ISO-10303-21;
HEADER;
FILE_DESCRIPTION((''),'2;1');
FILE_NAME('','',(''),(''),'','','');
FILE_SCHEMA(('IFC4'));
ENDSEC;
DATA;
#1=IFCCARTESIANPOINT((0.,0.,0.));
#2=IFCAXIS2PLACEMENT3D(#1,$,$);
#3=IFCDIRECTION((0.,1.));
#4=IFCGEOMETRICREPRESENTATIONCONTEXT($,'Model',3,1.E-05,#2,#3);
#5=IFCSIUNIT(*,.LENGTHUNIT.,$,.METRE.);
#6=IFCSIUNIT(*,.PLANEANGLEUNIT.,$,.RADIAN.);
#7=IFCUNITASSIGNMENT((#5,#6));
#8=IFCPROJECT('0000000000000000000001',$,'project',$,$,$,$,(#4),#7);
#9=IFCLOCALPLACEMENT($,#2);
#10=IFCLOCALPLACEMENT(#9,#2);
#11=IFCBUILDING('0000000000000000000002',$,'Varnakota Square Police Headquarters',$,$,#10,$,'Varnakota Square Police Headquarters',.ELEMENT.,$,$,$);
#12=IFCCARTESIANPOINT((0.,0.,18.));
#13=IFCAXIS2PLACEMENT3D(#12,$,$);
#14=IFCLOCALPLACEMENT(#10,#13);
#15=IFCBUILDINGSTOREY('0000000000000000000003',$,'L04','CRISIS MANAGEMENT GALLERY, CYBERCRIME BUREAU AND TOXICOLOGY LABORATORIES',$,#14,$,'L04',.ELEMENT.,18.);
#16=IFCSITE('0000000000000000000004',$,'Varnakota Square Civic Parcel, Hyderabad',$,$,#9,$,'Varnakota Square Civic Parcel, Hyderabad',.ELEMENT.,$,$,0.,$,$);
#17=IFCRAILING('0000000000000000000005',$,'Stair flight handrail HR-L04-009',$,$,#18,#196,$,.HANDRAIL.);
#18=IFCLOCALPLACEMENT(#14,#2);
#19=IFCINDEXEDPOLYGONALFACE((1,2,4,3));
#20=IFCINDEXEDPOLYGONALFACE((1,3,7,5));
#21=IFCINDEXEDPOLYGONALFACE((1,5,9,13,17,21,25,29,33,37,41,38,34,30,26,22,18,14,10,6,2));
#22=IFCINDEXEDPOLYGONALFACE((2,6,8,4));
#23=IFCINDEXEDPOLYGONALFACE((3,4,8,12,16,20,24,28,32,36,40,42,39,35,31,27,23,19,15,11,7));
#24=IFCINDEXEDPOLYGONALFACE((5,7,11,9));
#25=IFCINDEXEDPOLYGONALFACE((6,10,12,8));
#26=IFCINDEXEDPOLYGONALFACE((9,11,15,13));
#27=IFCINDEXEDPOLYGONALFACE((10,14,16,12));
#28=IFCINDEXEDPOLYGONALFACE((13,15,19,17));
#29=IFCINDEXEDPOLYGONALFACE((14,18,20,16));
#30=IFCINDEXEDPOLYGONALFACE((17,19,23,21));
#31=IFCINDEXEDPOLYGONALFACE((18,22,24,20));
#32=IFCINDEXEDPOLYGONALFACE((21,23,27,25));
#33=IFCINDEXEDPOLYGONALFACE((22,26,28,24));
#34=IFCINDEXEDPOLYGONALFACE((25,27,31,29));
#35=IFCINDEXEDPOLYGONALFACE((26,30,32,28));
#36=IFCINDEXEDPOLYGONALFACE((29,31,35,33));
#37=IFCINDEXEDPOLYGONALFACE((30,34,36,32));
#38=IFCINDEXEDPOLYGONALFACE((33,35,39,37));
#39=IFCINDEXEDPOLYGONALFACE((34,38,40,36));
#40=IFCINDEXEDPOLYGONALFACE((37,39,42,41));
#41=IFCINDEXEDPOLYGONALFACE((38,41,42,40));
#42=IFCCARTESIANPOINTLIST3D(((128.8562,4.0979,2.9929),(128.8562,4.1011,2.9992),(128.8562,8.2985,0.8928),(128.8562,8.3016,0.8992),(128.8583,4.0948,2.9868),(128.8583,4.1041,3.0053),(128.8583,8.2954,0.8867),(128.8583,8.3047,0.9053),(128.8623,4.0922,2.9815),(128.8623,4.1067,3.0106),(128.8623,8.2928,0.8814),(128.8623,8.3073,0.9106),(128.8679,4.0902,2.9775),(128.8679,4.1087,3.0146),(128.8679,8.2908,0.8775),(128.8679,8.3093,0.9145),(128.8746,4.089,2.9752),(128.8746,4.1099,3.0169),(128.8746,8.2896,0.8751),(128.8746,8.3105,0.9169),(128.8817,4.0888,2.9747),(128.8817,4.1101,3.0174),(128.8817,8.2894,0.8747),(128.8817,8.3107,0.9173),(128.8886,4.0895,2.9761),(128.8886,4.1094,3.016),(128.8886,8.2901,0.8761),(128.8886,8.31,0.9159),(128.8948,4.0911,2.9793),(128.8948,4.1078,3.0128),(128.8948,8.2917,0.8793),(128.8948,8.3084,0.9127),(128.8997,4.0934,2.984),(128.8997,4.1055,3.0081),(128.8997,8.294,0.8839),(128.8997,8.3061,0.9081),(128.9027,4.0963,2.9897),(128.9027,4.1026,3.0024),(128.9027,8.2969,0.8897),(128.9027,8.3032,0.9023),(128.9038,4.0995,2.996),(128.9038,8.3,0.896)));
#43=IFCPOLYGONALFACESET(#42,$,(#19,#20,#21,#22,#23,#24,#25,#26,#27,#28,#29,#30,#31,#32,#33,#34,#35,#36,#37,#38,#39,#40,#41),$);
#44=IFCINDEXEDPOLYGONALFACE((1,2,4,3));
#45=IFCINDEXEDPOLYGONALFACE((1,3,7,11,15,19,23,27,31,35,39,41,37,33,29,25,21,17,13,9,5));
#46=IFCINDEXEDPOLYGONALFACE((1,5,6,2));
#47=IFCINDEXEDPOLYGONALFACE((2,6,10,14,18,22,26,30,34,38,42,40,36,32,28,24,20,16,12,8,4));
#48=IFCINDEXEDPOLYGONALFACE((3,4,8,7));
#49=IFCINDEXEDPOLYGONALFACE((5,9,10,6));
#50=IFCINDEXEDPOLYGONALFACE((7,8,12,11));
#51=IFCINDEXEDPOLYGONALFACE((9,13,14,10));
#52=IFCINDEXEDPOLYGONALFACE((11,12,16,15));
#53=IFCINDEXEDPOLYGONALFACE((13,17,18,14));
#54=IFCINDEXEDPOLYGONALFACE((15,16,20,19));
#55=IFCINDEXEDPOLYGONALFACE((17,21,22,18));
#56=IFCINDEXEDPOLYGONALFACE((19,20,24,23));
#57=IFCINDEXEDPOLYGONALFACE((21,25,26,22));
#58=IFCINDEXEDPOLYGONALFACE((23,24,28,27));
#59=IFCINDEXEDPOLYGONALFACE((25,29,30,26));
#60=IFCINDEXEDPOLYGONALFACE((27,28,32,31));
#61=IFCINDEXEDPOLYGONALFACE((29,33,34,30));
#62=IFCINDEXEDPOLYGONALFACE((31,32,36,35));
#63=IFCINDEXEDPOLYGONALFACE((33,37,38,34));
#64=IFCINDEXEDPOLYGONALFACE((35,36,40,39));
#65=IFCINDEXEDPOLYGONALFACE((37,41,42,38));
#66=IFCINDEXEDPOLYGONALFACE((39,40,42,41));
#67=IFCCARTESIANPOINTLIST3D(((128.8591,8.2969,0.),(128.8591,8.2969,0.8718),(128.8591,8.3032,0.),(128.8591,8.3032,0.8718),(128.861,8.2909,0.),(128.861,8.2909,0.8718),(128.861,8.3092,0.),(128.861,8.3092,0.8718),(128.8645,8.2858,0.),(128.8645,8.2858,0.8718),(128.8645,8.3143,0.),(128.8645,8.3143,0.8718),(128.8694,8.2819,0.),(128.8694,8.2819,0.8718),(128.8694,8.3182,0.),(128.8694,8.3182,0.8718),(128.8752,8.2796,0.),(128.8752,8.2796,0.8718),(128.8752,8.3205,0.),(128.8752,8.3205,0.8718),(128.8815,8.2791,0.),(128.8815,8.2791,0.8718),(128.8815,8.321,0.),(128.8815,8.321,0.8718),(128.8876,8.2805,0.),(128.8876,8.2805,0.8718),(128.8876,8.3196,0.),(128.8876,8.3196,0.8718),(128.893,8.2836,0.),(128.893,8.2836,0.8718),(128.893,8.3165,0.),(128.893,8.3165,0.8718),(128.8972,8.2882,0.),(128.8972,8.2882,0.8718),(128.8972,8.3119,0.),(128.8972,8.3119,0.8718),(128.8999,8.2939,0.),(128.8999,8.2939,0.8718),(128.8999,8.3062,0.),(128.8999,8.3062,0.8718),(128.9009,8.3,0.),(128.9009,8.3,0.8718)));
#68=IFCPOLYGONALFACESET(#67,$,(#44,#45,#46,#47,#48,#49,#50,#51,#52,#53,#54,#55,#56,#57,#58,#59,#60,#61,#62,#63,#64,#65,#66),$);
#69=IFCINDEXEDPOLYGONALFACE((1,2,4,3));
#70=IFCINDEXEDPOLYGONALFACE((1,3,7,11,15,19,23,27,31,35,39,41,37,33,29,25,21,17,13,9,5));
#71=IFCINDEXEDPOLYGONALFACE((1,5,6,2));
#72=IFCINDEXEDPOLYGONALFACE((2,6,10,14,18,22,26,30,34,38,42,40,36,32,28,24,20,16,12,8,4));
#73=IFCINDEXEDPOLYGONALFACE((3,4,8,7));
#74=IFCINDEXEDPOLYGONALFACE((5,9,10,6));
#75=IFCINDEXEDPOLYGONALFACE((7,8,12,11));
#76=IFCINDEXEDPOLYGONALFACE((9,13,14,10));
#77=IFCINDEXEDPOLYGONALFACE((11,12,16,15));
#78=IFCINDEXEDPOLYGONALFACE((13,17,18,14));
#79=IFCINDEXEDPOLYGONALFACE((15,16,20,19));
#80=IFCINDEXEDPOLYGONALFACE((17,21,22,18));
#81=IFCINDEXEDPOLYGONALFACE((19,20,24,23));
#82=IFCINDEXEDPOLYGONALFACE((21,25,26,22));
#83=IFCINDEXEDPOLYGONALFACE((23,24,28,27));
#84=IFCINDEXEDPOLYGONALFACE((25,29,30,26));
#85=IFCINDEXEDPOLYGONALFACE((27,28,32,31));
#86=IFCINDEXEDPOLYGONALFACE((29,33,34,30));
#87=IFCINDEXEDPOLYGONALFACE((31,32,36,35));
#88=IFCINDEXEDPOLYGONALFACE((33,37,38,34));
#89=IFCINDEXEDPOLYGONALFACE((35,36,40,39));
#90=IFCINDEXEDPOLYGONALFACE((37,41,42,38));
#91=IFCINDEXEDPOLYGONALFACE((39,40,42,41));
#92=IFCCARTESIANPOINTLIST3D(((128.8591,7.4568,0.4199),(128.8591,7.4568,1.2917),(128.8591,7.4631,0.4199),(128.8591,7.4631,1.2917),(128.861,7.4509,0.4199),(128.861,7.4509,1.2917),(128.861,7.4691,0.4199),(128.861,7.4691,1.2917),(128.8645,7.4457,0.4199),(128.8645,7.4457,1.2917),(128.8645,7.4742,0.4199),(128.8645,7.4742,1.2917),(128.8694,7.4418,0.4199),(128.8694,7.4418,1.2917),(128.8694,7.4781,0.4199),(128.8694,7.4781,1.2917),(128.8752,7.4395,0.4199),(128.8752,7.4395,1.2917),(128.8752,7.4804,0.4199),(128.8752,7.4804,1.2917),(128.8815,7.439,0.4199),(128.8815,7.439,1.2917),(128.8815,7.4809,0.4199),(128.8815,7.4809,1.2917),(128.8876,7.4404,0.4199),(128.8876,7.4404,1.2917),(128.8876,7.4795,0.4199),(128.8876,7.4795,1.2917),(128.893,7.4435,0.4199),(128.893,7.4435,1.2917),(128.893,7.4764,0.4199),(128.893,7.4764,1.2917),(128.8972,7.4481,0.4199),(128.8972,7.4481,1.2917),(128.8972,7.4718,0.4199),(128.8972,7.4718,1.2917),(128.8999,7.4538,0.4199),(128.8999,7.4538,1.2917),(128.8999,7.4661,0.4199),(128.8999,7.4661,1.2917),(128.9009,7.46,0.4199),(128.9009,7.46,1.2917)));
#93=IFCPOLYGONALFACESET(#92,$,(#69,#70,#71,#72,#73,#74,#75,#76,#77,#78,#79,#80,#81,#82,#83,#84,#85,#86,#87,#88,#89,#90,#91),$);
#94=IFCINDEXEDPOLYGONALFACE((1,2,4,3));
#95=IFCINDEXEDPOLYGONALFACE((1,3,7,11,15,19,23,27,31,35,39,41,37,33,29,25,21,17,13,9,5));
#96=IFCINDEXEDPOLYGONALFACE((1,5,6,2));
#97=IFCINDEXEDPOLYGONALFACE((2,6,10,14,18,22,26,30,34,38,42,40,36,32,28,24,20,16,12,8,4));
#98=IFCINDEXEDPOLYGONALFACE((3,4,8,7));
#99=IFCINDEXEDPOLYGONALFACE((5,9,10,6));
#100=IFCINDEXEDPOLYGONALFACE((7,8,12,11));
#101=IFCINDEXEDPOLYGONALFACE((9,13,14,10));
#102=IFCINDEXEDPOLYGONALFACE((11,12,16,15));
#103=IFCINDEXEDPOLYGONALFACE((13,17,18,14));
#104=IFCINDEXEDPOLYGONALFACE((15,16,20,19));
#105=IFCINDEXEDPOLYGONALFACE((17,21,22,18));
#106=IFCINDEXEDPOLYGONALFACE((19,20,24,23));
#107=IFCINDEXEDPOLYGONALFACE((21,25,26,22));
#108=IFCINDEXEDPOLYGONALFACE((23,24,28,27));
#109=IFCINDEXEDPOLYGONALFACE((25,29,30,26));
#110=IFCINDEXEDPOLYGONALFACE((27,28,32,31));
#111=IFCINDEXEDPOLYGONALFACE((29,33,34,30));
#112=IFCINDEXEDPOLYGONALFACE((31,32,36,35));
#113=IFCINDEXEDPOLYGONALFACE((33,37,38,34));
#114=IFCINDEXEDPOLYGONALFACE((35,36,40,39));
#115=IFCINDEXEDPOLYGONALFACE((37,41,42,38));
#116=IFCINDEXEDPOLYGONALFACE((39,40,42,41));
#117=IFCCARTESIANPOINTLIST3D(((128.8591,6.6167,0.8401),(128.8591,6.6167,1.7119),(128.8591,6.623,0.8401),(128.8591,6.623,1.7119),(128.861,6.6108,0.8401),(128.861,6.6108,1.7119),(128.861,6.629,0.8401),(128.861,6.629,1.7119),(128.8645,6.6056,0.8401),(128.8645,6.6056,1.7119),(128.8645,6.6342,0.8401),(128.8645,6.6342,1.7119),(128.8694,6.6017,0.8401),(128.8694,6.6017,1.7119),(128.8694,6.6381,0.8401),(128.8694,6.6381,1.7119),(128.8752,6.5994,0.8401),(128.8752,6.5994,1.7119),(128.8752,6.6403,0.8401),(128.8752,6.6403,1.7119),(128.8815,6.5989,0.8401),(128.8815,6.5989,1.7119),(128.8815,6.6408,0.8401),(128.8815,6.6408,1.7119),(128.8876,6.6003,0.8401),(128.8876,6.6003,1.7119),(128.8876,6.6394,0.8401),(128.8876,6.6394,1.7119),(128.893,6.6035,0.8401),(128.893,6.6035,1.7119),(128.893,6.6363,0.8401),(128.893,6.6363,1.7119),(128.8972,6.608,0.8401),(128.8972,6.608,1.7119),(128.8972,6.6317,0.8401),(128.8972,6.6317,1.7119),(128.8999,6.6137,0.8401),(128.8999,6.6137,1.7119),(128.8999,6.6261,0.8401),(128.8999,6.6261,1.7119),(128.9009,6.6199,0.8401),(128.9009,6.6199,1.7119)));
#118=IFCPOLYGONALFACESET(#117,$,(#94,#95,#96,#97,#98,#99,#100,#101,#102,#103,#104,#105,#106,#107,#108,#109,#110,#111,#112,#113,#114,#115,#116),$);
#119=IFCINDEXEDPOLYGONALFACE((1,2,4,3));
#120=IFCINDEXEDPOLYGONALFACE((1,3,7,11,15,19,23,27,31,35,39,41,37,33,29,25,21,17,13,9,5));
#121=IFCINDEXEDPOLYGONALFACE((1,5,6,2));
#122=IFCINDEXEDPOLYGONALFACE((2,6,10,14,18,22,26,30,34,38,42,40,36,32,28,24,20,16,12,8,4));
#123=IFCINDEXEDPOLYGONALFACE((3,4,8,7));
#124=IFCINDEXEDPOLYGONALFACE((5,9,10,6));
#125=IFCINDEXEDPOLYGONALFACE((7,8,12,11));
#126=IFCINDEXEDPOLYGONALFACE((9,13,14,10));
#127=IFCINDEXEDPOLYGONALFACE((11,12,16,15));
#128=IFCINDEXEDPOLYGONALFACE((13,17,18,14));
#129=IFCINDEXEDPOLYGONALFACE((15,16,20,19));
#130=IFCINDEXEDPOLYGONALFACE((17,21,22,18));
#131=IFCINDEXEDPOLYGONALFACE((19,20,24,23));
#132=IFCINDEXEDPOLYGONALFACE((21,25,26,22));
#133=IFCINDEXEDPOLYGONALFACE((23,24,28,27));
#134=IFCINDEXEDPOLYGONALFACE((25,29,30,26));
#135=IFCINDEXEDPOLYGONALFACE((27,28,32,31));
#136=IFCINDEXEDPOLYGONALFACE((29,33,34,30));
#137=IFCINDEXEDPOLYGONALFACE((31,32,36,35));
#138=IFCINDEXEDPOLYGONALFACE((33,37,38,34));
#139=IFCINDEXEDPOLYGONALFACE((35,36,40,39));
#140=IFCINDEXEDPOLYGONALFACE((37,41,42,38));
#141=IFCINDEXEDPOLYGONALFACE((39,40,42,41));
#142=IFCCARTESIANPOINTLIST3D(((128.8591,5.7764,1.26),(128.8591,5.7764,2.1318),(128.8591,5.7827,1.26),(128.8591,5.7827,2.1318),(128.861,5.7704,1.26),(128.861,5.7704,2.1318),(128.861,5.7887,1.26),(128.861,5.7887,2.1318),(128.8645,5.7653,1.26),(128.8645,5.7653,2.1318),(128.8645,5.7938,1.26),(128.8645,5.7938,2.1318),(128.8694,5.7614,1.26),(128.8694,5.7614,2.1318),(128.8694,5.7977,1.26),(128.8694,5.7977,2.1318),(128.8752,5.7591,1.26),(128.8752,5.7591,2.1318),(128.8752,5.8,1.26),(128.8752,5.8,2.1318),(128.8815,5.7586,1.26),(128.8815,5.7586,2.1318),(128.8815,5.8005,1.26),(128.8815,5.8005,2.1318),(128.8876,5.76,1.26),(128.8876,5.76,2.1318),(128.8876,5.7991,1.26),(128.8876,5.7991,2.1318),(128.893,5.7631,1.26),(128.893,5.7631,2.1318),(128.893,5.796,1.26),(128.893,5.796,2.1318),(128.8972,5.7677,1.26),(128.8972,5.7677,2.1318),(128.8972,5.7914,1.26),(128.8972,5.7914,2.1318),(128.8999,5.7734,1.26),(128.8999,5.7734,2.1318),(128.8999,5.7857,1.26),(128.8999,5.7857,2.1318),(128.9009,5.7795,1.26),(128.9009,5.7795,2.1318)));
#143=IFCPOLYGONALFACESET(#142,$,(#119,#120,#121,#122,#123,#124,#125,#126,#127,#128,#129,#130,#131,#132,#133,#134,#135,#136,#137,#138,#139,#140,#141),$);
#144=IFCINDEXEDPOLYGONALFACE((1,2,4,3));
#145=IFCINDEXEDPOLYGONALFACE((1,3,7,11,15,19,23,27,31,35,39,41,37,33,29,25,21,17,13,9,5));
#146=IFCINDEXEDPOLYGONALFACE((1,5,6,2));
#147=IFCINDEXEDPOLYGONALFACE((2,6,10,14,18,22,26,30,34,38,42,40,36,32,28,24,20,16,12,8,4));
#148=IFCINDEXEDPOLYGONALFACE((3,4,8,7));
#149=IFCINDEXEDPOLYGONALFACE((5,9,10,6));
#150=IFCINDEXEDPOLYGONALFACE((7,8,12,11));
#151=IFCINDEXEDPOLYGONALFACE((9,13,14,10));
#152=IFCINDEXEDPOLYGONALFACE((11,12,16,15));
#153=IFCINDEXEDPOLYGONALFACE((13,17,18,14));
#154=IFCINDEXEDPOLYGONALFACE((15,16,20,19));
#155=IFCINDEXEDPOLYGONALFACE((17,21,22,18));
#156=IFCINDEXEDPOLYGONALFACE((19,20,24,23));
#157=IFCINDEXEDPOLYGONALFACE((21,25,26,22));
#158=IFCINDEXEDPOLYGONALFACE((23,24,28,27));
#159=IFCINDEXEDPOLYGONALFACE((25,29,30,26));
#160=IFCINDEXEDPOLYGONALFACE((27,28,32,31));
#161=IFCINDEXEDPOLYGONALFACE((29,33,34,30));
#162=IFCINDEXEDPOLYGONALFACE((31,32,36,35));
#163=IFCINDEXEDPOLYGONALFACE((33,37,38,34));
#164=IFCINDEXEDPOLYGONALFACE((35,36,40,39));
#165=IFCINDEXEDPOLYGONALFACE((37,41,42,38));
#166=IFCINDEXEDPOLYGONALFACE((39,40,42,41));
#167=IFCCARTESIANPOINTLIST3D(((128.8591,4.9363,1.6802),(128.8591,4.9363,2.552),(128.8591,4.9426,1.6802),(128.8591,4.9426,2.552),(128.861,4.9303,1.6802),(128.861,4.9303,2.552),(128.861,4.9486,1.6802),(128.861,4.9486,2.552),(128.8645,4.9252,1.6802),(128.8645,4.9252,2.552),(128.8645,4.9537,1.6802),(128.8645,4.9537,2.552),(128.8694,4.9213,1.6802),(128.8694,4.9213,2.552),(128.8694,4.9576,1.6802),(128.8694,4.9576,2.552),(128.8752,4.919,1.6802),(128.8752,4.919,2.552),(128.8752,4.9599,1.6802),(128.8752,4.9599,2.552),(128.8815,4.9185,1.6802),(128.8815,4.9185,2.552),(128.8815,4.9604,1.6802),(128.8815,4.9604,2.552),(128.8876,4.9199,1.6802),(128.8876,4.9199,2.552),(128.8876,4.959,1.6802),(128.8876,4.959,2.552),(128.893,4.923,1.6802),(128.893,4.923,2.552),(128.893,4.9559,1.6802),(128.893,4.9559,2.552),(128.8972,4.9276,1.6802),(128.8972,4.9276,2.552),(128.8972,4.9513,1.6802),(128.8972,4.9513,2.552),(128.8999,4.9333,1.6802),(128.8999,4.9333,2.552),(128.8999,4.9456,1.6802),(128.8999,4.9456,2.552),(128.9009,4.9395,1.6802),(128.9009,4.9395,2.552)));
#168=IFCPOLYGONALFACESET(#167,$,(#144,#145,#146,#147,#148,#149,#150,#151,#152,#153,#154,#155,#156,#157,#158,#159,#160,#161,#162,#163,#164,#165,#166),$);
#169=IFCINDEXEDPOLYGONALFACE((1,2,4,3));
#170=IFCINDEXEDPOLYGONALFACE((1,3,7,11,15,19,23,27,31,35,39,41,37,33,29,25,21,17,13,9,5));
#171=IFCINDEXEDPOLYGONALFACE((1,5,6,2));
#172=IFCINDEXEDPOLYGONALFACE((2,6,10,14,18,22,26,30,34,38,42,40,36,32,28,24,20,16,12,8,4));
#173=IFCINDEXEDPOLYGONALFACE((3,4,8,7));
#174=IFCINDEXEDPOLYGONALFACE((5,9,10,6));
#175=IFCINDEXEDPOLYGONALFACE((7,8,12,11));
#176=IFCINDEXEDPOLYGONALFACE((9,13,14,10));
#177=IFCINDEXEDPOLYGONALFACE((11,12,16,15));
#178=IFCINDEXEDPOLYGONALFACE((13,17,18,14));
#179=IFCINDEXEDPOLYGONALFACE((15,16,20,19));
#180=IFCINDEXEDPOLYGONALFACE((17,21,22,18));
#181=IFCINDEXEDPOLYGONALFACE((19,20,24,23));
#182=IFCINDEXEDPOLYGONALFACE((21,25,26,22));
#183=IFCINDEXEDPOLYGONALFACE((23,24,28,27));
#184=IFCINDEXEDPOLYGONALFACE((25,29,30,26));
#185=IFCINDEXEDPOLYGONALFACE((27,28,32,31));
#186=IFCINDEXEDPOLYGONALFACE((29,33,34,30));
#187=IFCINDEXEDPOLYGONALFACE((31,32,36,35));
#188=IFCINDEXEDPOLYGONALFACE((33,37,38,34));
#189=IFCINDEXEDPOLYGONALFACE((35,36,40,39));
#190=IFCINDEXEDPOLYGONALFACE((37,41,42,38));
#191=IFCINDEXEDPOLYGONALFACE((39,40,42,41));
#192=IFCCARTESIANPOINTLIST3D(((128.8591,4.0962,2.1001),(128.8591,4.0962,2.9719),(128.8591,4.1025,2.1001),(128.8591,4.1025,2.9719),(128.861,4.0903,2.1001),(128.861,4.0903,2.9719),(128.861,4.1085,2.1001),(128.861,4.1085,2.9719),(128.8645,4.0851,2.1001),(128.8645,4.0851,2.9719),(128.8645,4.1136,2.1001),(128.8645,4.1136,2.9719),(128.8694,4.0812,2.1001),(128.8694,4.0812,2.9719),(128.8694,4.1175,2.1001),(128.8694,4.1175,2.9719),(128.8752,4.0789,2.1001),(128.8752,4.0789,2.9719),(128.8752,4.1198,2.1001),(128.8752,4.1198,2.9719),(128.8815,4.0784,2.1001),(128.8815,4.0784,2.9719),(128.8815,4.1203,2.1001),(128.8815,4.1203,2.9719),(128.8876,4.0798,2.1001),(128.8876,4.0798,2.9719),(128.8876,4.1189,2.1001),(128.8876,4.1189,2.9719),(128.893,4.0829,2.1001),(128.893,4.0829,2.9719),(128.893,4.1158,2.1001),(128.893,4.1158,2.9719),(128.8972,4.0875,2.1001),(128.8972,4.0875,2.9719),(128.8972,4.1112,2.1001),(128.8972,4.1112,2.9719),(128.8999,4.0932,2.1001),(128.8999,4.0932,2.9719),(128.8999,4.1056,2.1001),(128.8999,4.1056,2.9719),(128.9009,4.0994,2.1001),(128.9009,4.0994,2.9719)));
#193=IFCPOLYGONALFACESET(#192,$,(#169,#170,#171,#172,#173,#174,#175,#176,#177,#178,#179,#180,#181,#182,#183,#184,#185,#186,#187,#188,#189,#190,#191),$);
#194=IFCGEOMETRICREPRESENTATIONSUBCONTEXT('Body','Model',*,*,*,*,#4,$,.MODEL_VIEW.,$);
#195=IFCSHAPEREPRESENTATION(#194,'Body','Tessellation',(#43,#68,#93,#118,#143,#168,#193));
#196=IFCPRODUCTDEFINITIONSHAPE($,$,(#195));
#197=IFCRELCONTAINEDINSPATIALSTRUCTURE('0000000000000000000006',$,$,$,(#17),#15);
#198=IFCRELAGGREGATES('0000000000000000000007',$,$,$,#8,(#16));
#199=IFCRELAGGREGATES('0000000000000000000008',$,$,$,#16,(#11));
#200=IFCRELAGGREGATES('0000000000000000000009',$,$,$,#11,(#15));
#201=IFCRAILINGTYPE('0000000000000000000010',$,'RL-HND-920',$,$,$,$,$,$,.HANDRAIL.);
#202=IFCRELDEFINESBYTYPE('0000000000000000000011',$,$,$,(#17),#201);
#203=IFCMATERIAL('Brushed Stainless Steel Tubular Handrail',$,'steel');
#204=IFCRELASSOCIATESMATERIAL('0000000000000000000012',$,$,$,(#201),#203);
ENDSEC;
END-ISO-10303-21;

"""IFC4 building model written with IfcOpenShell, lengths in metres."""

from ifc_helpers import new_model, si_unit, direction, frame, origin, origin_2d, place, context, subcontext, project, spatial, circle, extrude, material, type_object, element, save


model = new_model("IFC4")

# Units and contexts
model_context = context("Model", 3, precision=1e-05, world=origin(), true_north=direction((0.0, 1.0)))
body_context = subcontext(model_context, "Body", "Model", "MODEL_VIEW")
ifc_project = project(units=[si_unit("LENGTHUNIT", "METRE"), si_unit("PLANEANGLEUNIT", "RADIAN")], contexts=[model_context])

# Site, building, storey
site_placement = place(None, origin())
site = spatial("IfcSite", under=ifc_project, at=site_placement, Name="Varnakota Square Civic Parcel, Hyderabad", LongName="Varnakota Square Civic Parcel, Hyderabad", CompositionType="ELEMENT", RefElevation=0.0)
building_placement = place(site_placement, origin())
building = spatial("IfcBuilding", under=site, at=building_placement, Name="Varnakota Square Police Headquarters", LongName="Varnakota Square Police Headquarters", CompositionType="ELEMENT")
storey_placement = place(building_placement, frame((0.0, 0.0, 18.0)))
storey = spatial("IfcBuildingStorey", under=building, at=storey_placement, Name="L04", Description="CRISIS MANAGEMENT GALLERY, CYBERCRIME BUREAU AND TOXICOLOGY LABORATORIES", LongName="L04", CompositionType="ELEMENT", Elevation=18.0)

# Railing
ifc_material_1 = material(Name="Brushed Stainless Steel Tubular Handrail", Category="steel")
railing_type_1 = type_object("IfcRailingType", Name="RL-HND-920", PredefinedType="HANDRAIL", material=ifc_material_1)
railing_1_placement = place(storey_placement, frame((128.8799, 8.3, 0.0)))
element("IfcRailing", 1, at=railing_1_placement, inside=storey, type_object=railing_type_1, Name="Stair flight handrail HR-L04-009", PredefinedType="HANDRAIL", context=body_context, shape_type="SweptSolid", body=[
    extrude(circle(Radius=0.0239, at=origin_2d()), frame((0.0, 0.0, 0.896), z_axis=(0.0, -0.894448, 0.447172), x_axis=(1.0, 0.0, 0.0)), (0.0, 0.0, 1.0), 4.6963),
    extrude(circle(Radius=0.021, at=origin_2d()), origin(), (0.0, 0.0, 1.0), 0.8718),
    extrude(circle(Radius=0.021, at=origin_2d()), frame((0.0, -0.8401, 0.4199)), (0.0, 0.0, 1.0), 0.8718),
    extrude(circle(Radius=0.021, at=origin_2d()), frame((0.0, -1.6802, 0.8401)), (0.0, 0.0, 1.0), 0.8718),
    extrude(circle(Radius=0.021, at=origin_2d()), frame((0.0, -2.5205, 1.26)), (0.0, 0.0, 1.0), 0.8718),
    extrude(circle(Radius=0.021, at=origin_2d()), frame((0.0, -3.3606, 1.6802)), (0.0, 0.0, 1.0), 0.8718),
    extrude(circle(Radius=0.021, at=origin_2d()), frame((0.0, -4.2007, 2.1001)), (0.0, 0.0, 1.0), 0.8718),
])

save(model, "model.ifc")
